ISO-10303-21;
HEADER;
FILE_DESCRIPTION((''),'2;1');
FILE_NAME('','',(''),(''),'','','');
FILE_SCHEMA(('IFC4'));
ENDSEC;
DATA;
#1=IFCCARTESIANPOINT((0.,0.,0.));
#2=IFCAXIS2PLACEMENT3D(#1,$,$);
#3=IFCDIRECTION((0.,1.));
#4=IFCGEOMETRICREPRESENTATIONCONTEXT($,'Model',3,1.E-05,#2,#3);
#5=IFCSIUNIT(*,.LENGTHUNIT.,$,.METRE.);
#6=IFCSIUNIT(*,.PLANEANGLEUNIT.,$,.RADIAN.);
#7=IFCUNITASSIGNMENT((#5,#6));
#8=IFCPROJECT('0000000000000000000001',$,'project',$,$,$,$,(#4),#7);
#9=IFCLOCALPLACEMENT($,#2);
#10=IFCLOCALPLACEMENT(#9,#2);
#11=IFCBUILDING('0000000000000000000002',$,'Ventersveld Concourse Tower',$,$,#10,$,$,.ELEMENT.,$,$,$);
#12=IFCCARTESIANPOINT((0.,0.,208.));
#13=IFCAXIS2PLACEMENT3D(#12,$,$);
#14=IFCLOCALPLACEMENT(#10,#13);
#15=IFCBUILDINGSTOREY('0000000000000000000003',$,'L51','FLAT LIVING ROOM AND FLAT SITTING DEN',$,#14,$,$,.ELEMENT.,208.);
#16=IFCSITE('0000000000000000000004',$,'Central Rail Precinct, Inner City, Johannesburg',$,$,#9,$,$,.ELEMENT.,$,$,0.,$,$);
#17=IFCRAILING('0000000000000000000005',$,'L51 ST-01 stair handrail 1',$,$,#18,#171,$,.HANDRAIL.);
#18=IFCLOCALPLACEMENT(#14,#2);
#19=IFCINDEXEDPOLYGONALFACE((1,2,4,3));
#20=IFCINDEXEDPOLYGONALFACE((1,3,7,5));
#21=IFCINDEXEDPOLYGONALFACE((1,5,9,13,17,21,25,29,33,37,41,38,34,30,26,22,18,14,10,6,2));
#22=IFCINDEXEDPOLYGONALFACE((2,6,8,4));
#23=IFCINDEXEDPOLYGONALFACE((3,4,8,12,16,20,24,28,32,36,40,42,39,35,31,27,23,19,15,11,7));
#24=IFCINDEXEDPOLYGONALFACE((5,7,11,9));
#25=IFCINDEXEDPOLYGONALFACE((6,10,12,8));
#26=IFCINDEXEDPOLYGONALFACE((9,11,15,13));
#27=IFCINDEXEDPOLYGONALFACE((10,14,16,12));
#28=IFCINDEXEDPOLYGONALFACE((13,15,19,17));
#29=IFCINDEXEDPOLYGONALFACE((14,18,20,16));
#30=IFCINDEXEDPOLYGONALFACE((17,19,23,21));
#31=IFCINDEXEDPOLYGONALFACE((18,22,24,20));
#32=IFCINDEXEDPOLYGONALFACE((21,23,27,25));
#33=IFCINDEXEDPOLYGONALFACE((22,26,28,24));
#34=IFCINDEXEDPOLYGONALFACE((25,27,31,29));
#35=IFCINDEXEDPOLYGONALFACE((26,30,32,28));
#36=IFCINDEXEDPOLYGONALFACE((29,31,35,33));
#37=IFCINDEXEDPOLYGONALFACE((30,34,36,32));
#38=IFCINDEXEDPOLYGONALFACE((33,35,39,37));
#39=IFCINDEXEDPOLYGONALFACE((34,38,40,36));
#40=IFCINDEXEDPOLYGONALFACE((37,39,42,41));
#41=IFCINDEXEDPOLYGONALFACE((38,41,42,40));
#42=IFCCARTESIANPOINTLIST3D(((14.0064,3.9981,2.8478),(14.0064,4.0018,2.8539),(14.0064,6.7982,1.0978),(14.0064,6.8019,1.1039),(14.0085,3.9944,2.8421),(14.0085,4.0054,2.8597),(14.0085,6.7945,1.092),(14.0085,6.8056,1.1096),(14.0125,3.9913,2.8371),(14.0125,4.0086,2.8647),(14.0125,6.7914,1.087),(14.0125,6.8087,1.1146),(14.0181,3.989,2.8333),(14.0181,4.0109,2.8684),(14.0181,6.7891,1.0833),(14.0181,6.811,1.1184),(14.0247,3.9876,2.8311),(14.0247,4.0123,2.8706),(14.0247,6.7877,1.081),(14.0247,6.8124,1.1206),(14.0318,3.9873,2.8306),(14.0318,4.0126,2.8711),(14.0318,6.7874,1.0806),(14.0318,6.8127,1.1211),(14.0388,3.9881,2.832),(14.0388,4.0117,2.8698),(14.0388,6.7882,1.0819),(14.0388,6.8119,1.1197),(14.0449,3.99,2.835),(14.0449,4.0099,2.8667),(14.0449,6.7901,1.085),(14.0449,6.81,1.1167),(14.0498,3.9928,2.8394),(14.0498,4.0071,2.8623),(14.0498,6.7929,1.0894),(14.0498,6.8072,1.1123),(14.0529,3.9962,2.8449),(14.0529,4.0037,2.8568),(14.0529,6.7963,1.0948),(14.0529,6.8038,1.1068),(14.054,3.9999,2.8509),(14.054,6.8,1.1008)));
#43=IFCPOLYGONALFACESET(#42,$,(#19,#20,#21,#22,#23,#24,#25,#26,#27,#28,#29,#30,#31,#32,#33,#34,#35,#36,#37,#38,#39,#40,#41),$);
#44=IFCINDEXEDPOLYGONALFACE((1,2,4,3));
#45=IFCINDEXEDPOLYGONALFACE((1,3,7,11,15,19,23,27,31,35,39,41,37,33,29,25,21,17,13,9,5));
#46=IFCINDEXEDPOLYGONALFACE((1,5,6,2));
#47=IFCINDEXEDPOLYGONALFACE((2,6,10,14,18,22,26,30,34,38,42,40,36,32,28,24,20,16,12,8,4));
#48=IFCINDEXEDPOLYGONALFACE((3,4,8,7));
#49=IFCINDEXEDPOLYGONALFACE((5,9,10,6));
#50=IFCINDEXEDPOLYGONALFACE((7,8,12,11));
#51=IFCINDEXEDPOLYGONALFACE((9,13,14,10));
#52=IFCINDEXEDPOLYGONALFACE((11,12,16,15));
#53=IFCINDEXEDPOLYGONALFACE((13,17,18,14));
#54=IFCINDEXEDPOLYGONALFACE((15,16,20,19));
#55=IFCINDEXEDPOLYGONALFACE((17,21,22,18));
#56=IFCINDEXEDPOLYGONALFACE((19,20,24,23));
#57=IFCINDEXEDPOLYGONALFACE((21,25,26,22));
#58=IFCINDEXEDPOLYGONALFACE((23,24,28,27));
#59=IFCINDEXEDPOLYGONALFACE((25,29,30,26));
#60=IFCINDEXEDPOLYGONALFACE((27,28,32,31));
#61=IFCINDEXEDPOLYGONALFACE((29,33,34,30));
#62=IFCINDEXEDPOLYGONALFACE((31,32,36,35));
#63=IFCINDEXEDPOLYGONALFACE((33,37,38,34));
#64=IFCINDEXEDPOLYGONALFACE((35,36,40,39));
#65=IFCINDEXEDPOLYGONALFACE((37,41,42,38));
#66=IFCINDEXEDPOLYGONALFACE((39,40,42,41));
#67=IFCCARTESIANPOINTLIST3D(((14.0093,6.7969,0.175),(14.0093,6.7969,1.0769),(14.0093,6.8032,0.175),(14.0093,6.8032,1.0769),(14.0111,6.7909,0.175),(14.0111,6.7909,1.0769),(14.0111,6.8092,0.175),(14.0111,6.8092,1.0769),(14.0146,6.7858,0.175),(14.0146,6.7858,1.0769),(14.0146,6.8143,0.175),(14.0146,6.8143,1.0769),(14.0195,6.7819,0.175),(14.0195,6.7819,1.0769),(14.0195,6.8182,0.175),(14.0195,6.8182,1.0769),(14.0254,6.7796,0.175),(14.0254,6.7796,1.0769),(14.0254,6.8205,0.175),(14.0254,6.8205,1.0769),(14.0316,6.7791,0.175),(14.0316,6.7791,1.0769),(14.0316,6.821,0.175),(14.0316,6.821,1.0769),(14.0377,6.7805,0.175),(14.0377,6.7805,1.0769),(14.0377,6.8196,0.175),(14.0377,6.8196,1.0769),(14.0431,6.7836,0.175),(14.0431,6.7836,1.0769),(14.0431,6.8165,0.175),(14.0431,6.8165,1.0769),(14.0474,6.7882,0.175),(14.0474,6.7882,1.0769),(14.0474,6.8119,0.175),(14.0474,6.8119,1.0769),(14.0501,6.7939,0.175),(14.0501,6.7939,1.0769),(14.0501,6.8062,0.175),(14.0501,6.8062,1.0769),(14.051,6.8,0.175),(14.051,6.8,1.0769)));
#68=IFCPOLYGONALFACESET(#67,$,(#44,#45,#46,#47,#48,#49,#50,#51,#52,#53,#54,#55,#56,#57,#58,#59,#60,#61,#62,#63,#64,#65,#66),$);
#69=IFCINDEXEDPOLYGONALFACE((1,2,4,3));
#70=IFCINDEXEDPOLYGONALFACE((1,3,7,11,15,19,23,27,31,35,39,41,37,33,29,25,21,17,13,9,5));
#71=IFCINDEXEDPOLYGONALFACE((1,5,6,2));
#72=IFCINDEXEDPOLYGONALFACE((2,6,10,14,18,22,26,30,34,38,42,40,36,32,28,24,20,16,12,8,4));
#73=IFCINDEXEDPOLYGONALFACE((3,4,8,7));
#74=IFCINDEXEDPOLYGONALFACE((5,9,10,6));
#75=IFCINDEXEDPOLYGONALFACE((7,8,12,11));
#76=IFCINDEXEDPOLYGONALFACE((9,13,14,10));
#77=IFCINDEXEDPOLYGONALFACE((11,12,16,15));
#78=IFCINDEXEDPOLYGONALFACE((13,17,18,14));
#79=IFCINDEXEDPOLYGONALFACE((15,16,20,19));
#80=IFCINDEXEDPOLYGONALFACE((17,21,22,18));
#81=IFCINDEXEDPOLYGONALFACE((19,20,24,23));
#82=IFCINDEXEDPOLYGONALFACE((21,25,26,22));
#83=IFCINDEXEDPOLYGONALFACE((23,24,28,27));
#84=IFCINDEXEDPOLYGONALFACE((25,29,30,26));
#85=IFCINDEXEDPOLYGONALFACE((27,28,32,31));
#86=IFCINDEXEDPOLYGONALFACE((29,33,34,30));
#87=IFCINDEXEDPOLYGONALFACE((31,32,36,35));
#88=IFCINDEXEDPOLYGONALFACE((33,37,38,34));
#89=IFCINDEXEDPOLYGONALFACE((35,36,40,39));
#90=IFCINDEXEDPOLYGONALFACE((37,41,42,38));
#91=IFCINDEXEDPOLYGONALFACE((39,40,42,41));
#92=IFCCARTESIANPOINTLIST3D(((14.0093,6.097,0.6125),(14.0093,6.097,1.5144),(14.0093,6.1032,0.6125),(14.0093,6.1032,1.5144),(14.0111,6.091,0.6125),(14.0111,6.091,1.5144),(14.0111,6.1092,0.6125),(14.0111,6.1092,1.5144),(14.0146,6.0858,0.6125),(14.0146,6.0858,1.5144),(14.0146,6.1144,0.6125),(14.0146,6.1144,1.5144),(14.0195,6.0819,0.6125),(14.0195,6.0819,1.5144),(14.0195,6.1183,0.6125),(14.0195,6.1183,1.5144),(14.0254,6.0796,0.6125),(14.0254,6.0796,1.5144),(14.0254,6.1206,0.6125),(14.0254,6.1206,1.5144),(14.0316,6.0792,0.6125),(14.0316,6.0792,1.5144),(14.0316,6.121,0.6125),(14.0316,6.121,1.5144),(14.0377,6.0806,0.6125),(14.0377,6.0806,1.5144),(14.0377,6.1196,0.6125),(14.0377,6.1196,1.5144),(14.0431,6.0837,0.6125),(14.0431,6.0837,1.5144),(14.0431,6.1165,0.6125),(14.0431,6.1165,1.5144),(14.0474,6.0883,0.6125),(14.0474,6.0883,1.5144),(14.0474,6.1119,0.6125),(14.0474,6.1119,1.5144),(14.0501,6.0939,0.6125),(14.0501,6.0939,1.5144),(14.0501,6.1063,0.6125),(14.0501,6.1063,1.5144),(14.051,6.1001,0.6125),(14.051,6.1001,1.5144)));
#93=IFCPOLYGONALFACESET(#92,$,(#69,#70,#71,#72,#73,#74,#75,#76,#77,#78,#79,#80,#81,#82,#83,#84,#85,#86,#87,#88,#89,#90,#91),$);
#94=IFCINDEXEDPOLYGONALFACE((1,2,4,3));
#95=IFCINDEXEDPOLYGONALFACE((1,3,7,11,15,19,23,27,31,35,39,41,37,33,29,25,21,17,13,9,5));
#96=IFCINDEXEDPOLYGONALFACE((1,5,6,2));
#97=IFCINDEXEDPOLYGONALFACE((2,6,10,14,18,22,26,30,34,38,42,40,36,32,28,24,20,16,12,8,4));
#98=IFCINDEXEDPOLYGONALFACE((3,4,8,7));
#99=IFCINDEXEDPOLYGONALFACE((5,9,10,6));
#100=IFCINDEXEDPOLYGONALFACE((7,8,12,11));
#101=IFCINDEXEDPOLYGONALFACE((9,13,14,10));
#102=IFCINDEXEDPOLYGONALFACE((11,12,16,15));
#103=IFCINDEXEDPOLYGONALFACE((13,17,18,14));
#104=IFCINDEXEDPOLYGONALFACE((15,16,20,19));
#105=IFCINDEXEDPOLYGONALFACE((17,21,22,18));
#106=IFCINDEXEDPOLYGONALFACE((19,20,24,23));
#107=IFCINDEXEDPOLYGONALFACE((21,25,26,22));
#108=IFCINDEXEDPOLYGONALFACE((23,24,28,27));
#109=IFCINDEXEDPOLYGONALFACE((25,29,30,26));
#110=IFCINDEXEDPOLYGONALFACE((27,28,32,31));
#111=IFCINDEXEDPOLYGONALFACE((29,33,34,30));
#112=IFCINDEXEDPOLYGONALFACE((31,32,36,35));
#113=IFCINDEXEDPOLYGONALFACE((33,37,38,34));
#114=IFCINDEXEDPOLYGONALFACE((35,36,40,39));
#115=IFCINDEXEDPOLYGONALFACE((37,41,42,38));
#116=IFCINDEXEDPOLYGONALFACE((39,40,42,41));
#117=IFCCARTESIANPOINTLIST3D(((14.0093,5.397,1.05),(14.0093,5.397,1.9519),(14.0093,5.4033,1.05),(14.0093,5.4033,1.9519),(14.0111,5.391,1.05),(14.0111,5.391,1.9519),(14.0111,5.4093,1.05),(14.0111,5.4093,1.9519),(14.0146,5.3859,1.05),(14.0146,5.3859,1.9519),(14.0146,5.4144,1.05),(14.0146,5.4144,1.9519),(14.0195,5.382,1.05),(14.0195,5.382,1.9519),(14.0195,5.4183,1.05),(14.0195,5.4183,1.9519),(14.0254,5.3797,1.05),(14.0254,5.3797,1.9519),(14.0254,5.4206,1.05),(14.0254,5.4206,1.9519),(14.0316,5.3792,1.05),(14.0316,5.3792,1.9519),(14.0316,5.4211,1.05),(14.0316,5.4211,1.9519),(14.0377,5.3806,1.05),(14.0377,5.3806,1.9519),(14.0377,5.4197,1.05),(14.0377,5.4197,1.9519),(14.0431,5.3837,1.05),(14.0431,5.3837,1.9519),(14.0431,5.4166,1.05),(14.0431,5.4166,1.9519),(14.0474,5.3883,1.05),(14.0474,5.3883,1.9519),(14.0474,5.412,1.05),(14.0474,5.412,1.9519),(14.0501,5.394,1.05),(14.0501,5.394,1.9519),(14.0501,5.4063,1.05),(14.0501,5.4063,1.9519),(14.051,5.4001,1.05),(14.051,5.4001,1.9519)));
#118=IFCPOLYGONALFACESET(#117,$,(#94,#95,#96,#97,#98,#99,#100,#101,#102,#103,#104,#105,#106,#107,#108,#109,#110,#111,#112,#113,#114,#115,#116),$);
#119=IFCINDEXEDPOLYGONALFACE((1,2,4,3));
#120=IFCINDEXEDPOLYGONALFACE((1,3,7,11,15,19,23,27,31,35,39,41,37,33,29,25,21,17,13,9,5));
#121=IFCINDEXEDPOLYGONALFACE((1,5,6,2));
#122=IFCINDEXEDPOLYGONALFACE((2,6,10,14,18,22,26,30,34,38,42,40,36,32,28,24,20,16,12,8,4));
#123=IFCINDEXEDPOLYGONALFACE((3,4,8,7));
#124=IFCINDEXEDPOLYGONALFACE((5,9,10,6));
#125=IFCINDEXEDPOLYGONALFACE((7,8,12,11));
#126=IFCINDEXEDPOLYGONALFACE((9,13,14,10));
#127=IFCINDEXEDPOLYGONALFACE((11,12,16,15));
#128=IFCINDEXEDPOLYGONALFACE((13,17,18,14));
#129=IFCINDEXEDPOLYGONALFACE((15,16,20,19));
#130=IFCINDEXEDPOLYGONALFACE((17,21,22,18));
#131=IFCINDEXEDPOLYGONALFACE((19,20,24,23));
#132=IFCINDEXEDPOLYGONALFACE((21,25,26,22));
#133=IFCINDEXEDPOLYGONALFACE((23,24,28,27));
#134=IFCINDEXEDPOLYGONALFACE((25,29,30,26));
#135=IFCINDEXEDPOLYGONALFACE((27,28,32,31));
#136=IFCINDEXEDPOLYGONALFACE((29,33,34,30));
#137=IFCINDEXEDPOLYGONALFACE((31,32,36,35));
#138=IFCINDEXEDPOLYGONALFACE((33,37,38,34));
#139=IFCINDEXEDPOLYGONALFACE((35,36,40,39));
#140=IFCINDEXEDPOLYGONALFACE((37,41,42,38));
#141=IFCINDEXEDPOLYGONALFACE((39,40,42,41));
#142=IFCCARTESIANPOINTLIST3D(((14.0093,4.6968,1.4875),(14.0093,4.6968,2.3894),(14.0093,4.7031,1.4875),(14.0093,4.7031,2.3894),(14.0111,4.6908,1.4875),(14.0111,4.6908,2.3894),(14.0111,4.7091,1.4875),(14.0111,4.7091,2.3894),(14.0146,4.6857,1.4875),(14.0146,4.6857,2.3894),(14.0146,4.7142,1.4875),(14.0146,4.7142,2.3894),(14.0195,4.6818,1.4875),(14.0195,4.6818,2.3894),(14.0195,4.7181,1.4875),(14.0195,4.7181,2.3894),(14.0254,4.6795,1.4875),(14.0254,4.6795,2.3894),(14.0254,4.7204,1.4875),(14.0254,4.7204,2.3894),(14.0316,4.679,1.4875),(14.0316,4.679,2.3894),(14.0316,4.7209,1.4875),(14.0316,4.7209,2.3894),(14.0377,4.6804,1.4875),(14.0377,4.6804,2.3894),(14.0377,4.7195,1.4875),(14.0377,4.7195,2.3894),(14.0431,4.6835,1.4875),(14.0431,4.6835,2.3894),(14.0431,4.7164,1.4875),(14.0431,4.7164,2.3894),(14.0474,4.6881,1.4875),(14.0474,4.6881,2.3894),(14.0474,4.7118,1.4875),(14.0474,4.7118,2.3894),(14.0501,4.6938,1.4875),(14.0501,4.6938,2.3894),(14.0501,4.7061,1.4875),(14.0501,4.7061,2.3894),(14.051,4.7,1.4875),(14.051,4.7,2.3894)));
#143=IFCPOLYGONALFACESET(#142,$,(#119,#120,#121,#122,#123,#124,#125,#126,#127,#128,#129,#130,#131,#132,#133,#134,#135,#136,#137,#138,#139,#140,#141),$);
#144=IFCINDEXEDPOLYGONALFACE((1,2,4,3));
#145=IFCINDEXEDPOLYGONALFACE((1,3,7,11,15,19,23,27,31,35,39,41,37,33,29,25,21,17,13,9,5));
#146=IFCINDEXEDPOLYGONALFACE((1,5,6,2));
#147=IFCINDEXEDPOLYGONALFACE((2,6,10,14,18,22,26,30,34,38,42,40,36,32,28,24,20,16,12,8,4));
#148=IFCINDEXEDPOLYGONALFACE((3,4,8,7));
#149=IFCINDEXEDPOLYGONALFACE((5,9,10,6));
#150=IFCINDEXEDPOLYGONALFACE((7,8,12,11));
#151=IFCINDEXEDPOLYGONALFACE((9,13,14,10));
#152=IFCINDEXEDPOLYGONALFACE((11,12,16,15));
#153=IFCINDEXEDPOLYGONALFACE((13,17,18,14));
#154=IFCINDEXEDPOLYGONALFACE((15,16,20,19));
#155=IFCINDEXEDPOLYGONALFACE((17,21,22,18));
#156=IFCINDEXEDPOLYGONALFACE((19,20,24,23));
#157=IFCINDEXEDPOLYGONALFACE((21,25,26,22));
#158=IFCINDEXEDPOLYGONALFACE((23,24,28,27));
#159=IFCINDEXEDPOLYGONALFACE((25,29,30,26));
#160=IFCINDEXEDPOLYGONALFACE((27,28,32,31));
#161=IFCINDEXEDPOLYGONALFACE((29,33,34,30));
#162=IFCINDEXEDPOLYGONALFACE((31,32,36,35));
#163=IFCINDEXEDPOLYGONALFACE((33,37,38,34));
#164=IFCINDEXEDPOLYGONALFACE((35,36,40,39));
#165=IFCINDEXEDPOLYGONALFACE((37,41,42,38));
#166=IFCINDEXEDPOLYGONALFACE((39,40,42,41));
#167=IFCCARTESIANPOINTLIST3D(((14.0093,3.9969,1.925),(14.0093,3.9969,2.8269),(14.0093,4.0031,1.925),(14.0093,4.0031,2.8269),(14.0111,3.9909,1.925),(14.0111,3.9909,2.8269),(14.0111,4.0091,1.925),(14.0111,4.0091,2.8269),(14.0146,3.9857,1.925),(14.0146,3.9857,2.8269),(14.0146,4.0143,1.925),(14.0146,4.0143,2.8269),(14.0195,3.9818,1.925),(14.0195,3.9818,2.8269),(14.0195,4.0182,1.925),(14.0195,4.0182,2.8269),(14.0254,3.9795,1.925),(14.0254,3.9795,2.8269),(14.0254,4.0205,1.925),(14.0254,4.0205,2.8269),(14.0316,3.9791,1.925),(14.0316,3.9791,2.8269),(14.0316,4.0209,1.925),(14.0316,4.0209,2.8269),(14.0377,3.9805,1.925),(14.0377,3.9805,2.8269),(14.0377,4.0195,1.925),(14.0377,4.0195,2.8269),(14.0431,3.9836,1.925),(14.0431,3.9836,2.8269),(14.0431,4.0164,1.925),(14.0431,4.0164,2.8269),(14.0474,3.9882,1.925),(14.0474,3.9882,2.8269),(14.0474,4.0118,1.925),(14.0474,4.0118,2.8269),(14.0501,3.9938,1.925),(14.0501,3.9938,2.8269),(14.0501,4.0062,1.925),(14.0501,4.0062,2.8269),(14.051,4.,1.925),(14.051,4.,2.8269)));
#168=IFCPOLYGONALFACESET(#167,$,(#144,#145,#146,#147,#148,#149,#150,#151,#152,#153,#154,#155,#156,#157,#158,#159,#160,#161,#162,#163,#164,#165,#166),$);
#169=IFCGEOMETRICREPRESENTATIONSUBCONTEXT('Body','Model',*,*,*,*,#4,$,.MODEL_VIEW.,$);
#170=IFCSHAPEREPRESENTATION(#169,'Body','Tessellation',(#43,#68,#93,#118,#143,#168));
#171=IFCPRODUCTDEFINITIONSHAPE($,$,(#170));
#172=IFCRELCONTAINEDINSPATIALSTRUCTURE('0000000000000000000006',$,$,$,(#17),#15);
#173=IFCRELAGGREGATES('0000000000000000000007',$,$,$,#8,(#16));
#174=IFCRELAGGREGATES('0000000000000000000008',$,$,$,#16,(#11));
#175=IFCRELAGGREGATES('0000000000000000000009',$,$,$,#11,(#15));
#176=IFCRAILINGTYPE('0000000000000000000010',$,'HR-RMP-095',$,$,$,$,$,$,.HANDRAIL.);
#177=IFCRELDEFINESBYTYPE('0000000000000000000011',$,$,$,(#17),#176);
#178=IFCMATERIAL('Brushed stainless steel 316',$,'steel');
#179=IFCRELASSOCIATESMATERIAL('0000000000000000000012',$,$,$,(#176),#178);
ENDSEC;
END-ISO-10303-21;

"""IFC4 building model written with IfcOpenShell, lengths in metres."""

from ifc_helpers import new_model, si_unit, direction, frame, origin, origin_2d, place, context, subcontext, project, spatial, circle, extrude, material, type_object, element, save


model = new_model("IFC4")

# Units and contexts
model_context = context("Model", 3, precision=1e-05, world=origin(), true_north=direction((0.0, 1.0)))
body_context = subcontext(model_context, "Body", "Model", "MODEL_VIEW")
ifc_project = project(units=[si_unit("LENGTHUNIT", "METRE"), si_unit("PLANEANGLEUNIT", "RADIAN")], contexts=[model_context])

# Site, building, storey
site_placement = place(None, origin())
site = spatial("IfcSite", under=ifc_project, at=site_placement, Name="Central Rail Precinct, Inner City, Johannesburg", CompositionType="ELEMENT", RefElevation=0.0)
building_placement = place(site_placement, origin())
building = spatial("IfcBuilding", under=site, at=building_placement, Name="Ventersveld Concourse Tower", CompositionType="ELEMENT")
storey_placement = place(building_placement, frame((0.0, 0.0, 208.0)))
storey = spatial("IfcBuildingStorey", under=building, at=storey_placement, Name="L51", Description="FLAT LIVING ROOM AND FLAT SITTING DEN", CompositionType="ELEMENT", Elevation=208.0)

# Railing
ifc_material_1 = material(Name="Brushed stainless steel 316", Category="steel")
railing_type_1 = type_object("IfcRailingType", Name="HR-RMP-095", PredefinedType="HANDRAIL", material=ifc_material_1)
railing_1_placement = place(storey_placement, frame((14.03, 6.8, 0.175)))
element("IfcRailing", 1, at=railing_1_placement, inside=storey, type_object=railing_type_1, Name="L51 ST-01 stair handrail 1", PredefinedType="HANDRAIL", context=body_context, shape_type="SweptSolid", body=[
    extrude(circle(Radius=0.0239, at=origin_2d()), frame((0.0, 0.0, 0.9258), z_axis=(0.0, -0.848002, 0.529992), x_axis=(1.0, 0.0, 0.0)), (0.0, 0.0, 1.0), 3.302),
    extrude(circle(Radius=0.021, at=origin_2d()), origin(), (0.0, 0.0, 1.0), 0.9019),
    extrude(circle(Radius=0.021, at=origin_2d()), frame((0.0, -0.7, 0.4375)), (0.0, 0.0, 1.0), 0.9019),
    extrude(circle(Radius=0.021, at=origin_2d()), frame((0.0, -1.3999, 0.875)), (0.0, 0.0, 1.0), 0.9019),
    extrude(circle(Radius=0.021, at=origin_2d()), frame((0.0, -2.1001, 1.3125)), (0.0, 0.0, 1.0), 0.9019),
    extrude(circle(Radius=0.021, at=origin_2d()), frame((0.0, -2.8, 1.75)), (0.0, 0.0, 1.0), 0.9019),
])

save(model, "model.ifc")
